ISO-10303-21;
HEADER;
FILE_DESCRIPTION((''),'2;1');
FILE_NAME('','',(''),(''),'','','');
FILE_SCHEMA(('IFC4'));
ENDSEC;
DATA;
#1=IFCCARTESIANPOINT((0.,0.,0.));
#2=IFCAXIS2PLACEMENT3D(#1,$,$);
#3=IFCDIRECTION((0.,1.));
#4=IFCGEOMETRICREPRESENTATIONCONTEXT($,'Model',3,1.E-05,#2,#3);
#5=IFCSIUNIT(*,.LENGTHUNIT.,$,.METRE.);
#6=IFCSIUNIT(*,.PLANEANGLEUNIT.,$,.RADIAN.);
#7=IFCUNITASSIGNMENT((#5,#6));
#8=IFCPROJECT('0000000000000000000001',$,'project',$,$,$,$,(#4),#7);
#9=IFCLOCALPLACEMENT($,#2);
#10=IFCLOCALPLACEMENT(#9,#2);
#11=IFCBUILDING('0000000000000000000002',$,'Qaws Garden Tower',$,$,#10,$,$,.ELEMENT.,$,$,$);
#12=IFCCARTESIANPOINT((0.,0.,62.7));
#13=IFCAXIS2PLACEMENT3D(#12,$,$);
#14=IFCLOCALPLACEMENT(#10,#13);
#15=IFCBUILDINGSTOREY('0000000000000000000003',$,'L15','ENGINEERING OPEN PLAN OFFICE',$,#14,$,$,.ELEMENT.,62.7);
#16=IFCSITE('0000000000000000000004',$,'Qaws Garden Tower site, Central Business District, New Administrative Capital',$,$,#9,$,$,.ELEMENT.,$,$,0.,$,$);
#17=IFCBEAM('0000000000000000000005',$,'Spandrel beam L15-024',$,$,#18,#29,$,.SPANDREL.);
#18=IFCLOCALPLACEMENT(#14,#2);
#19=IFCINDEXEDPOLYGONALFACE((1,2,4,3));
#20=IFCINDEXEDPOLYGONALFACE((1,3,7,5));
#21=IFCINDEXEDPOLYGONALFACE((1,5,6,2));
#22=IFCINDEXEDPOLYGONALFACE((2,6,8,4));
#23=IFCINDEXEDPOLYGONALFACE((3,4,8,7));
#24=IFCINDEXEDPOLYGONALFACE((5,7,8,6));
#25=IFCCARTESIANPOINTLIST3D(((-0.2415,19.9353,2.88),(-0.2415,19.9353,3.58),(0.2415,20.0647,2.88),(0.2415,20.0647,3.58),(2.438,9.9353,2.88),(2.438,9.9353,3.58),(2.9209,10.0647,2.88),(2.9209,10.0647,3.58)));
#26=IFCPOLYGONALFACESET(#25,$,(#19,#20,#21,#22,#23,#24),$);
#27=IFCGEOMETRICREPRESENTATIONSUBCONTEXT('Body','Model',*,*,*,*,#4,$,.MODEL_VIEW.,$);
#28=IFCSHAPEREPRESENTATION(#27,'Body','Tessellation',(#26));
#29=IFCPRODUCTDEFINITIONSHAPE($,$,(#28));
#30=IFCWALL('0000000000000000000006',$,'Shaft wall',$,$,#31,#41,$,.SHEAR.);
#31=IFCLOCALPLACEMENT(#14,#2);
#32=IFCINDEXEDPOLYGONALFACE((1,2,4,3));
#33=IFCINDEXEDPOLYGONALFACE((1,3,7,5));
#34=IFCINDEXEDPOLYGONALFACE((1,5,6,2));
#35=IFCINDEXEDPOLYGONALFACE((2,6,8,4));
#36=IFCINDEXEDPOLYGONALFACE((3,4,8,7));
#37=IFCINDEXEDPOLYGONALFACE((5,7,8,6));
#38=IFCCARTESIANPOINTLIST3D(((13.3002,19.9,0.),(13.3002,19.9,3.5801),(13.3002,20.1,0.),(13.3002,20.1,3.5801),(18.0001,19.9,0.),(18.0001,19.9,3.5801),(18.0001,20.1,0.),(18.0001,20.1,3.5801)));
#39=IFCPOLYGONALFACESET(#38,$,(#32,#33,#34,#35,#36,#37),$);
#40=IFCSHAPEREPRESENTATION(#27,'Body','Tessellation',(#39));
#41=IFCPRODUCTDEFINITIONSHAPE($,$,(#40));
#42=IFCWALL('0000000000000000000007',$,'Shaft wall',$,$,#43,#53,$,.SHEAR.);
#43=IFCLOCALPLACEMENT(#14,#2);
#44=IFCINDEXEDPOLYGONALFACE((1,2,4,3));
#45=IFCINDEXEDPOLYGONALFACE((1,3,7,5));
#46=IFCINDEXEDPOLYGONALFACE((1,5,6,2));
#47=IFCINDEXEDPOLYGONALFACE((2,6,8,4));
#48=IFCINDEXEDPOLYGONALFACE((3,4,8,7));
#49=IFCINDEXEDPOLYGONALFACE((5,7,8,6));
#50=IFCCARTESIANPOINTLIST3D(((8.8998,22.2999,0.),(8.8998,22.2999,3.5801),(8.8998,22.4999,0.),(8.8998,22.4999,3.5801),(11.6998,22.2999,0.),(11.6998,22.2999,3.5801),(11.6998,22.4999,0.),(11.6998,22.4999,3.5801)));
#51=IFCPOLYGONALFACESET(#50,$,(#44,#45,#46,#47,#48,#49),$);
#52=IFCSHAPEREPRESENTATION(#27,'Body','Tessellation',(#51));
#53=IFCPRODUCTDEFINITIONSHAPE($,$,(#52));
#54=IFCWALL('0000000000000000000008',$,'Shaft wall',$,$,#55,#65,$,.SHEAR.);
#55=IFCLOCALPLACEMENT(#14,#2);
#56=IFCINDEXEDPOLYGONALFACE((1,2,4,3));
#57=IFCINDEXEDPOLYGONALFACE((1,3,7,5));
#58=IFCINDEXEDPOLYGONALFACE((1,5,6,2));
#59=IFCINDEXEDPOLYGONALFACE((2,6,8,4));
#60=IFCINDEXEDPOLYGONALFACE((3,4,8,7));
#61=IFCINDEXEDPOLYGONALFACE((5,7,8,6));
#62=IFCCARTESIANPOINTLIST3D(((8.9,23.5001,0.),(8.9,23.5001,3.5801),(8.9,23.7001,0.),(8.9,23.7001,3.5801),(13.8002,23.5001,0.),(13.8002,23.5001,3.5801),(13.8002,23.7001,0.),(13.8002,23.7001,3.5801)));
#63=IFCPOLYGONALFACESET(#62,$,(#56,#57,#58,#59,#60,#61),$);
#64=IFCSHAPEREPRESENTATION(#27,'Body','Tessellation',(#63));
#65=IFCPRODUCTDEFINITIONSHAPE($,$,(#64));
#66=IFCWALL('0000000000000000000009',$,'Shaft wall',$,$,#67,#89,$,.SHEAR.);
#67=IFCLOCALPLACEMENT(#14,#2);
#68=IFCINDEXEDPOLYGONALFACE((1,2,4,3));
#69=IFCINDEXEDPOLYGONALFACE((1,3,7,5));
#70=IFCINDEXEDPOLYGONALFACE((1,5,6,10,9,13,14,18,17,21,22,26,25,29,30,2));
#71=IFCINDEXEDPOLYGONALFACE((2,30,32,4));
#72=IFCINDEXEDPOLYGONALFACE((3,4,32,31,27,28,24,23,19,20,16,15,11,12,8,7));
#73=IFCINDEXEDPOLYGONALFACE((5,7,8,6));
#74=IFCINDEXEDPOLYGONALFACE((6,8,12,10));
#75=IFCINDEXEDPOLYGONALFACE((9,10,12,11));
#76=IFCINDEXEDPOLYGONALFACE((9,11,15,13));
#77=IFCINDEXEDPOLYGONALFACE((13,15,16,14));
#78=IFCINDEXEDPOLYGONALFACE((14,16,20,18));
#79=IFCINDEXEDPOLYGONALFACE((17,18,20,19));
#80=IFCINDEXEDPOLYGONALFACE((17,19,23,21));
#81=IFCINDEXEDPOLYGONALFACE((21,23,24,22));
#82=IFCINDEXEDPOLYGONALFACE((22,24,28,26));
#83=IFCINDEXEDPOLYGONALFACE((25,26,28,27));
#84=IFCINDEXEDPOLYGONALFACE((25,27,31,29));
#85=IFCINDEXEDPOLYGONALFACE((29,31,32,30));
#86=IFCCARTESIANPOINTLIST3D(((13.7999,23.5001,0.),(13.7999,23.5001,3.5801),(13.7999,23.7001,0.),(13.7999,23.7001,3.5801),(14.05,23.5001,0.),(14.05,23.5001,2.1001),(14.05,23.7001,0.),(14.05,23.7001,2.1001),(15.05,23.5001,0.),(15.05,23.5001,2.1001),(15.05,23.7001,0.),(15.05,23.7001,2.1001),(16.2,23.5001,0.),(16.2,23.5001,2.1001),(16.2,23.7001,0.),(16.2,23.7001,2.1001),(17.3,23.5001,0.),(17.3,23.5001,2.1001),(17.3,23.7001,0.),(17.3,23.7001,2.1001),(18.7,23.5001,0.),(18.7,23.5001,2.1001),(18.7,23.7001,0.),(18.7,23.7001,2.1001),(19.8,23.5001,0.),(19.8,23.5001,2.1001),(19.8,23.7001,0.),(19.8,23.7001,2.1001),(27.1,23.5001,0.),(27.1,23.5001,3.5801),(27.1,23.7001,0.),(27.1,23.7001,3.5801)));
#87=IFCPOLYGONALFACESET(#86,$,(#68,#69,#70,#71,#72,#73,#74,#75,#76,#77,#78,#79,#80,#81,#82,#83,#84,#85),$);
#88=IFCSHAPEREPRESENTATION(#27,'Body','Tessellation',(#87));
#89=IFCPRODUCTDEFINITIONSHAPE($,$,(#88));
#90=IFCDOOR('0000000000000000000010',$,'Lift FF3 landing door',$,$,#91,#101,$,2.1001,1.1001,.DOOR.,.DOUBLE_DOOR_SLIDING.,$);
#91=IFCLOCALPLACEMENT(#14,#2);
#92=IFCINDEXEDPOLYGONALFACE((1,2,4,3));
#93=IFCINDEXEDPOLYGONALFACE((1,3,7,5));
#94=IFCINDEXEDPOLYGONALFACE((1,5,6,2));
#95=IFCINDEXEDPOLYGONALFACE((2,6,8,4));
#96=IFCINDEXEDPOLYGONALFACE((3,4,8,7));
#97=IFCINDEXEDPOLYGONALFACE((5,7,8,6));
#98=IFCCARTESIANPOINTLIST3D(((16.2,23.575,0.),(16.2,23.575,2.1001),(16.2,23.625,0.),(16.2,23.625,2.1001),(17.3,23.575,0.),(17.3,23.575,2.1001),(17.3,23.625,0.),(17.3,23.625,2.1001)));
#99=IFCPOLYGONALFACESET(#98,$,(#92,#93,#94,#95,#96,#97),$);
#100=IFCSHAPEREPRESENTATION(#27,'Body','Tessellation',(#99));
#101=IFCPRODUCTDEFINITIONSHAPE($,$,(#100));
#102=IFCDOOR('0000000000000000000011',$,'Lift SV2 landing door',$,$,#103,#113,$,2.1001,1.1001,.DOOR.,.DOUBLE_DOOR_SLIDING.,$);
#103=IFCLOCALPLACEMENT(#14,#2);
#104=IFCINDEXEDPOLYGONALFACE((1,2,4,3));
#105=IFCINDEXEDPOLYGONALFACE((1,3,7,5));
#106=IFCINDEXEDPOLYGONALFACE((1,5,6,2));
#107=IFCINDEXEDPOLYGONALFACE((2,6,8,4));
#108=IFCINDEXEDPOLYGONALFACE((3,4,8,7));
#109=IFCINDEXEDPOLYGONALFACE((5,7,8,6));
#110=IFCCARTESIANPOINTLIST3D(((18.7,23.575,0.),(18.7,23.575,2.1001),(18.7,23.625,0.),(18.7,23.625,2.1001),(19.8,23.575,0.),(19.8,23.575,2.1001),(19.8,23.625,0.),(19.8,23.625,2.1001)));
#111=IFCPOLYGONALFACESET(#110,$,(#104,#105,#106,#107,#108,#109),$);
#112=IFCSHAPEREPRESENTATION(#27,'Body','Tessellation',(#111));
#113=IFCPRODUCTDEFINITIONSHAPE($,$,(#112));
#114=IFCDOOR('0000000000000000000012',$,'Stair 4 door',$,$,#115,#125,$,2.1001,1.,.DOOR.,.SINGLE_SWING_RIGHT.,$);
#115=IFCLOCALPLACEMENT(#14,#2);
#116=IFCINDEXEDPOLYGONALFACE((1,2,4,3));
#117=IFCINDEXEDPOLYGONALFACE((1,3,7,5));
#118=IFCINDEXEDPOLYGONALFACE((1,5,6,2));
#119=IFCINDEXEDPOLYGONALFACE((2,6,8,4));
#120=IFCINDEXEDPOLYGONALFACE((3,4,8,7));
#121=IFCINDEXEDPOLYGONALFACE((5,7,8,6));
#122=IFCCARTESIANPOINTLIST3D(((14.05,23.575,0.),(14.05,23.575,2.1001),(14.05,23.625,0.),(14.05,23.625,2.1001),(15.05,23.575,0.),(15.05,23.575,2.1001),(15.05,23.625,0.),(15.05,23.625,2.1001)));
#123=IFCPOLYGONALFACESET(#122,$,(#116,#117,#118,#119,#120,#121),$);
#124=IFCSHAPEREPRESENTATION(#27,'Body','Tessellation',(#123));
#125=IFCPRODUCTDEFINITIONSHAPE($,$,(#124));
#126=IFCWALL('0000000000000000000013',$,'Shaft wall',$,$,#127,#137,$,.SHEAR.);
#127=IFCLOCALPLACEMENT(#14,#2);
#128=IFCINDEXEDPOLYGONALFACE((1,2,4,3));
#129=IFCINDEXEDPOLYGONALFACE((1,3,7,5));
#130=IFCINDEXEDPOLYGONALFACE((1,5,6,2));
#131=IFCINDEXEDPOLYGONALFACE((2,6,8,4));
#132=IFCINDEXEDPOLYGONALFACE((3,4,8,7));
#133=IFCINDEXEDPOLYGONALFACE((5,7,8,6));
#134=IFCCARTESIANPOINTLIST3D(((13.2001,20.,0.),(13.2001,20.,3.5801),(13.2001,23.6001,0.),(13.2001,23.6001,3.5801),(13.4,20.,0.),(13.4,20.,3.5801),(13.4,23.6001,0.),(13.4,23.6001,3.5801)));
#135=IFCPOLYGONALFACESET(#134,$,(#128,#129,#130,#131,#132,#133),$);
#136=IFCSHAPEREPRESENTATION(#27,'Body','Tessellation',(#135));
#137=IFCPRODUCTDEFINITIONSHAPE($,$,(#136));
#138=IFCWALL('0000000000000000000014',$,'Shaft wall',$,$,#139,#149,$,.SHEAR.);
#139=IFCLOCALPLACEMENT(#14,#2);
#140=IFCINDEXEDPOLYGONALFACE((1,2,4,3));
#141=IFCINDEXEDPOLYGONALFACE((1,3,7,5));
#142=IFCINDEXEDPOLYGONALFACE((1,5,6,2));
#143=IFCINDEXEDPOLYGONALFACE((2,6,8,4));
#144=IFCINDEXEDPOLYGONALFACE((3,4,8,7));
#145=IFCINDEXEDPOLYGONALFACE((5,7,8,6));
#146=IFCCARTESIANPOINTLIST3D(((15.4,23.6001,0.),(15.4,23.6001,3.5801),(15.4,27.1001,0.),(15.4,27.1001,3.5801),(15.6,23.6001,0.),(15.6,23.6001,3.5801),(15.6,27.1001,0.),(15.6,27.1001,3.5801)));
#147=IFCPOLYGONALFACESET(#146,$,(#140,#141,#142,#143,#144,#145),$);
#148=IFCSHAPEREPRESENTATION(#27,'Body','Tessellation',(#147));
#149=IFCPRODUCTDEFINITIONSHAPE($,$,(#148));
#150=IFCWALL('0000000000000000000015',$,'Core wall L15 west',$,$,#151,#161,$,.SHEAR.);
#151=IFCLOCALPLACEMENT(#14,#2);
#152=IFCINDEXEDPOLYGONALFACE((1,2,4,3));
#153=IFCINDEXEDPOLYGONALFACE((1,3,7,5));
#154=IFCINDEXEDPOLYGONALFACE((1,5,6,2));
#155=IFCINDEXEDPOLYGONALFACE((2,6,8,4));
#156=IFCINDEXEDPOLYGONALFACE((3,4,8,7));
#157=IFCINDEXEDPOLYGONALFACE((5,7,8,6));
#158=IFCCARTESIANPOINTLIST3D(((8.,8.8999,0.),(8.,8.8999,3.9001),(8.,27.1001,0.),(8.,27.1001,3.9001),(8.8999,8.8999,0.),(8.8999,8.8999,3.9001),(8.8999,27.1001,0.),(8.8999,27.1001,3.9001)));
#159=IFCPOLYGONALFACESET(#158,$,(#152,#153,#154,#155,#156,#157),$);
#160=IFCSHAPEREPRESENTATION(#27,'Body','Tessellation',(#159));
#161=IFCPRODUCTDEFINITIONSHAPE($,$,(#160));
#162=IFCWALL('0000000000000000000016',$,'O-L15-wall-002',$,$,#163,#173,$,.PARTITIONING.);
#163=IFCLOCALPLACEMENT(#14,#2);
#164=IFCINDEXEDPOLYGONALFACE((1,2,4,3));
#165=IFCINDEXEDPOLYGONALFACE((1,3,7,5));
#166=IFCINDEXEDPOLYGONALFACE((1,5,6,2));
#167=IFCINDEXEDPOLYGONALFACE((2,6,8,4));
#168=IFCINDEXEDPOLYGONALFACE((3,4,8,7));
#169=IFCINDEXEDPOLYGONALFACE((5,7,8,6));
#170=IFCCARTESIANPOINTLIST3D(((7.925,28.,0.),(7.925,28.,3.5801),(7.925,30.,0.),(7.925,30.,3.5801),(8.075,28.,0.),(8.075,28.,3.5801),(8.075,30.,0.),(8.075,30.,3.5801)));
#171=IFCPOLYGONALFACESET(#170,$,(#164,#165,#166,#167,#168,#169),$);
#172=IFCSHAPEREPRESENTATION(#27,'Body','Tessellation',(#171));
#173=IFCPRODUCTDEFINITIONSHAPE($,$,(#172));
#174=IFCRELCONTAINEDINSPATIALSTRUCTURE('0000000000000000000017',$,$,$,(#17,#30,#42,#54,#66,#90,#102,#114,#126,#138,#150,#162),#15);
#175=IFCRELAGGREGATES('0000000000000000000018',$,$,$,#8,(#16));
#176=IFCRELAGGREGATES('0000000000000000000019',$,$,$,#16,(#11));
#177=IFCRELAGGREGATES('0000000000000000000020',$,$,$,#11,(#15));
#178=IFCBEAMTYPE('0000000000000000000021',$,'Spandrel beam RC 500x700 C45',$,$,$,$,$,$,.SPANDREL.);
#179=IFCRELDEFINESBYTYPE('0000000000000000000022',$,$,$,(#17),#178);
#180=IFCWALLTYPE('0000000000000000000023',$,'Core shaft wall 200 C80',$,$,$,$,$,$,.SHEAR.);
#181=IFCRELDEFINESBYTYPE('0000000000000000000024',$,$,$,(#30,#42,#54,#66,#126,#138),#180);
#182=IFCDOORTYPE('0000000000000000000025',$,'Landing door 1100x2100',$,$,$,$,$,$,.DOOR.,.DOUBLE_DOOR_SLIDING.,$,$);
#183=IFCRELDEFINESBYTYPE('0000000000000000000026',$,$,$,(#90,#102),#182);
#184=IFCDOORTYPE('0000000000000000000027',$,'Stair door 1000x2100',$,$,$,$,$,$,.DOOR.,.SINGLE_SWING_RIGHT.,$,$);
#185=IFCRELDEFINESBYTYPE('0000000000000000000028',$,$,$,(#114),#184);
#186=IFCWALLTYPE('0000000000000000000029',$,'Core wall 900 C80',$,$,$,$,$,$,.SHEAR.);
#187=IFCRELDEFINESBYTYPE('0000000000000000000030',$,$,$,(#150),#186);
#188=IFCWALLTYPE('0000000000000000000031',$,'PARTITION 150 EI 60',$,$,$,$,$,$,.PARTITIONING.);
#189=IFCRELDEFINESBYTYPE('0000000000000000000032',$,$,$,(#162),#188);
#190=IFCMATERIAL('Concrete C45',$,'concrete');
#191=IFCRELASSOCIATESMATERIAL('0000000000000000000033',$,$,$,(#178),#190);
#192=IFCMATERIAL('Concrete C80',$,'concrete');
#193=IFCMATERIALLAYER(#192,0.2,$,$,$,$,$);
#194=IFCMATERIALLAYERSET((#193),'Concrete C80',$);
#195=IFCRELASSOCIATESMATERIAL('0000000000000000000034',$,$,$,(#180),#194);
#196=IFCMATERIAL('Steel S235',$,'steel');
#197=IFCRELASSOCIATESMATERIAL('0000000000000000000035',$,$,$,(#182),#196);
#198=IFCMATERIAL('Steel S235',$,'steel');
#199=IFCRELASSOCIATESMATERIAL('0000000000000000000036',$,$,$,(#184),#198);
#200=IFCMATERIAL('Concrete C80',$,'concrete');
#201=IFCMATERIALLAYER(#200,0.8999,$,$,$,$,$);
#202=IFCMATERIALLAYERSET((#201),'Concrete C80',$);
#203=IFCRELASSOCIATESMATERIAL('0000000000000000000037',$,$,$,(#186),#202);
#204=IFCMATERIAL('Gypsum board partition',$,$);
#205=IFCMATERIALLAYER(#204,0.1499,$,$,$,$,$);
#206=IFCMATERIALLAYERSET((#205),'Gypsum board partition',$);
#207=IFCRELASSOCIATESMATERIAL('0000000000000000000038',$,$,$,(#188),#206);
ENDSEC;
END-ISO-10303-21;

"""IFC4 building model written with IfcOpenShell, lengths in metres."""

from ifc_helpers import new_model, si_unit, direction, frame, frame_2d, origin, origin_2d, place, context, subcontext, project, spatial, rectangle, extrude, material, layer, layer_set, material_profile, profile_set, type_object, element, fill, save


model = new_model("IFC4")

# Units and contexts
model_context = context("Model", 3, precision=1e-05, world=origin(), true_north=direction((0.0, 1.0)))
body_context = subcontext(model_context, "Body", "Model", "MODEL_VIEW")
ifc_project = project(units=[si_unit("LENGTHUNIT", "METRE"), si_unit("PLANEANGLEUNIT", "RADIAN")], contexts=[model_context])

# Site, building, storey
site_placement = place(None, origin())
site = spatial("IfcSite", under=ifc_project, at=site_placement, Name="Qaws Garden Tower site, Central Business District, New Administrative Capital", CompositionType="ELEMENT", RefElevation=0.0)
building_placement = place(site_placement, origin())
building = spatial("IfcBuilding", under=site, at=building_placement, Name="Qaws Garden Tower", CompositionType="ELEMENT")
storey_placement = place(building_placement, frame((0.0, 0.0, 62.7)))
storey = spatial("IfcBuildingStorey", under=building, at=storey_placement, Name="L15", Description="ENGINEERING OPEN PLAN OFFICE", CompositionType="ELEMENT", Elevation=62.7)

# Beam
ifc_material_1 = material(Name="Concrete C45", Category="concrete")
ifc_material_profile = material_profile(ifc_material_1, rectangle(XDim=0.5, YDim=0.7, at=origin_2d()), Name="RC 500x700")
ifc_profile_set = profile_set([ifc_material_profile], Name="Concrete C45")
beam_type = type_object("IfcBeamType", Name="Spandrel beam RC 500x700 C45", PredefinedType="SPANDREL", material=ifc_profile_set)
beam_placement = place(storey_placement, frame((0.0, 20.0, 3.23), z_axis=(0.258815, -0.965927, 0.0), x_axis=(0.965927, 0.258815, 0.0)))
element("IfcBeam", 1, at=beam_placement, inside=storey, type_object=beam_type, Name="Spandrel beam L15-024", PredefinedType="SPANDREL", context=body_context, shape_type="SweptSolid", body=[
    extrude(rectangle(XDim=0.5, YDim=0.7, at=origin_2d()), origin(), (0.0, 0.0, 1.0), 10.3528),
])

# Walls
ifc_material_2 = material(Name="Concrete C80", Category="concrete")
ifc_layer_1 = layer(ifc_material_2, 0.2)
ifc_layer_set_1 = layer_set([ifc_layer_1], Name="Concrete C80")
wall_type_1 = type_object("IfcWallType", Name="Core shaft wall 200 C80", PredefinedType="SHEAR", material=ifc_layer_set_1)
wall_1_placement = place(storey_placement, frame((13.3, 20.0, 0.0), z_axis=(0.0, 0.0, 1.0), x_axis=(1.0, 0.0, 0.0)))
element("IfcWall", 2, at=wall_1_placement, inside=storey, type_object=wall_type_1, Name="Shaft wall", PredefinedType="SHEAR", context=body_context, shape_type="SweptSolid", body=[
    extrude(rectangle(XDim=4.7, YDim=0.2, at=frame_2d((2.3501, 0.0))), origin(), (0.0, 0.0, 1.0), 3.5801),
])
wall_2_placement = place(storey_placement, frame((8.8999, 22.3999, 0.0), z_axis=(0.0, 0.0, 1.0), x_axis=(1.0, 0.0, 0.0)))
element("IfcWall", 3, at=wall_2_placement, inside=storey, type_object=wall_type_1, Name="Shaft wall", PredefinedType="SHEAR", context=body_context, shape_type="SweptSolid", body=[
    extrude(rectangle(XDim=2.8, YDim=0.2, at=frame_2d((1.3999, 0.0))), origin(), (0.0, 0.0, 1.0), 3.5801),
])
wall_3_placement = place(storey_placement, frame((8.8999, 23.6001, 0.0), z_axis=(0.0, 0.0, 1.0), x_axis=(1.0, 0.0, 0.0)))
element("IfcWall", 4, at=wall_3_placement, inside=storey, type_object=wall_type_1, Name="Shaft wall", PredefinedType="SHEAR", context=body_context, shape_type="SweptSolid", body=[
    extrude(rectangle(XDim=4.9001, YDim=0.2, at=frame_2d((2.4502, 0.0))), origin(), (0.0, 0.0, 1.0), 3.5801),
])

# Wall, openings, doors
wall_4_placement = place(storey_placement, frame((13.8, 23.6001, 0.0), z_axis=(0.0, 0.0, 1.0), x_axis=(1.0, 0.0, 0.0)))
wall_4 = element("IfcWall", 5, at=wall_4_placement, inside=storey, type_object=wall_type_1, Name="Shaft wall", PredefinedType="SHEAR", context=body_context, shape_type="SweptSolid", body=[
    extrude(rectangle(XDim=13.3, YDim=0.2, at=frame_2d((6.6499, 0.0))), origin(), (0.0, 0.0, 1.0), 3.5801),
])
opening_1_placement = place(wall_4_placement, frame((2.3999, 0.0, 0.0)))
opening_1 = element("IfcOpeningElement", 6, at=opening_1_placement, cuts=wall_4, PredefinedType="OPENING", context=body_context, shape_type="SweptSolid", body=[
    extrude(rectangle(XDim=1.1001, YDim=2.1001, at=frame_2d((0.55, 1.05))), frame((0.0, 0.1099, 0.0), z_axis=(0.0, -1.0, 0.0), x_axis=(1.0, 0.0, 0.0)), (0.0, 0.0, 1.0), 0.22),
])
opening_2_placement = place(wall_4_placement, frame((4.8999, 0.0, 0.0)))
opening_2 = element("IfcOpeningElement", 7, at=opening_2_placement, cuts=wall_4, PredefinedType="OPENING", context=body_context, shape_type="SweptSolid", body=[
    extrude(rectangle(XDim=1.1001, YDim=2.1001, at=frame_2d((0.55, 1.05))), frame((0.0, 0.1099, 0.0), z_axis=(0.0, -1.0, 0.0), x_axis=(1.0, 0.0, 0.0)), (0.0, 0.0, 1.0), 0.22),
])
opening_3_placement = place(wall_4_placement, frame((0.25, 0.0, 0.0)))
opening_3 = element("IfcOpeningElement", 8, at=opening_3_placement, cuts=wall_4, PredefinedType="OPENING", context=body_context, shape_type="SweptSolid", body=[
    extrude(rectangle(XDim=1.0, YDim=2.1001, at=frame_2d((0.5, 1.05))), frame((0.0, 0.1099, 0.0), z_axis=(0.0, -1.0, 0.0), x_axis=(1.0, 0.0, 0.0)), (0.0, 0.0, 1.0), 0.22),
])
ifc_material_3 = material(Name="Steel S235", Category="steel")
door_type_1 = type_object("IfcDoorType", Name="Landing door 1100x2100", OperationType="DOUBLE_DOOR_SLIDING", PredefinedType="DOOR", material=ifc_material_3)
door_1_placement = place(opening_1_placement, origin())
door_1 = element("IfcDoor", 9, at=door_1_placement, inside=storey, type_object=door_type_1, Name="Lift FF3 landing door", OperationType="DOUBLE_DOOR_SLIDING", OverallHeight=2.1001, OverallWidth=1.1001, PredefinedType="DOOR", context=body_context, shape_type="SweptSolid", body=[
    extrude(rectangle(XDim=1.1001, YDim=2.1001, at=frame_2d((0.55, 1.05))), frame((0.0, 0.0249, 0.0), z_axis=(0.0, -1.0, 0.0), x_axis=(1.0, 0.0, 0.0)), (0.0, 0.0, 1.0), 0.05),
])
fill(opening_1, door_1)
door_2_placement = place(opening_2_placement, origin())
door_2 = element("IfcDoor", 10, at=door_2_placement, inside=storey, type_object=door_type_1, Name="Lift SV2 landing door", OperationType="DOUBLE_DOOR_SLIDING", OverallHeight=2.1001, OverallWidth=1.1001, PredefinedType="DOOR", context=body_context, shape_type="SweptSolid", body=[
    extrude(rectangle(XDim=1.1001, YDim=2.1001, at=frame_2d((0.55, 1.05))), frame((0.0, 0.0249, 0.0), z_axis=(0.0, -1.0, 0.0), x_axis=(1.0, 0.0, 0.0)), (0.0, 0.0, 1.0), 0.05),
])
fill(opening_2, door_2)
ifc_material_4 = material(Name="Steel S235", Category="steel")
door_type_2 = type_object("IfcDoorType", Name="Stair door 1000x2100", OperationType="SINGLE_SWING_RIGHT", PredefinedType="DOOR", material=ifc_material_4)
door_3_placement = place(opening_3_placement, origin())
door_3 = element("IfcDoor", 11, at=door_3_placement, inside=storey, type_object=door_type_2, Name="Stair 4 door", OperationType="SINGLE_SWING_RIGHT", OverallHeight=2.1001, OverallWidth=1.0, PredefinedType="DOOR", context=body_context, shape_type="SweptSolid", body=[
    extrude(rectangle(XDim=1.0, YDim=2.1001, at=frame_2d((0.5, 1.05))), frame((0.0, 0.0249, 0.0), z_axis=(0.0, -1.0, 0.0), x_axis=(1.0, 0.0, 0.0)), (0.0, 0.0, 1.0), 0.05),
])
fill(opening_3, door_3)

# Walls
wall_5_placement = place(storey_placement, frame((13.3, 20.0, 0.0), z_axis=(0.0, 0.0, 1.0), x_axis=(0.0, 1.0, 0.0)))
element("IfcWall", 12, at=wall_5_placement, inside=storey, type_object=wall_type_1, Name="Shaft wall", PredefinedType="SHEAR", context=body_context, shape_type="SweptSolid", body=[
    extrude(rectangle(XDim=3.6001, YDim=0.2, at=frame_2d((1.8, 0.0))), origin(), (0.0, 0.0, 1.0), 3.5801),
])
wall_6_placement = place(storey_placement, frame((15.5, 23.6001, 0.0), z_axis=(0.0, 0.0, 1.0), x_axis=(0.0, 1.0, 0.0)))
element("IfcWall", 13, at=wall_6_placement, inside=storey, type_object=wall_type_1, Name="Shaft wall", PredefinedType="SHEAR", context=body_context, shape_type="SweptSolid", body=[
    extrude(rectangle(XDim=3.5, YDim=0.2, at=frame_2d((1.75, 0.0))), origin(), (0.0, 0.0, 1.0), 3.5801),
])
ifc_material_5 = material(Name="Concrete C80", Category="concrete")
ifc_layer_2 = layer(ifc_material_5, 0.8999)
ifc_layer_set_2 = layer_set([ifc_layer_2], Name="Concrete C80")
wall_type_2 = type_object("IfcWallType", Name="Core wall 900 C80", PredefinedType="SHEAR", material=ifc_layer_set_2)
wall_7_placement = place(storey_placement, frame((8.45, 27.1001, 0.0), z_axis=(0.0, 0.0, 1.0), x_axis=(0.0, -1.0, 0.0)))
element("IfcWall", 14, at=wall_7_placement, inside=storey, type_object=wall_type_2, Name="Core wall L15 west", PredefinedType="SHEAR", context=body_context, shape_type="SweptSolid", body=[
    extrude(rectangle(XDim=18.2002, YDim=0.8999, at=frame_2d((9.1001, 0.0))), origin(), (0.0, 0.0, 1.0), 3.9001),
])
ifc_material_6 = material(Name="Gypsum board partition")
ifc_layer_3 = layer(ifc_material_6, 0.1499)
ifc_layer_set_3 = layer_set([ifc_layer_3], Name="Gypsum board partition")
wall_type_3 = type_object("IfcWallType", Name="PARTITION 150 EI 60", PredefinedType="PARTITIONING", material=ifc_layer_set_3)
wall_8_placement = place(storey_placement, frame((8.0, 28.0, 0.0), z_axis=(0.0, 0.0, 1.0), x_axis=(0.0, 1.0, 0.0)))
element("IfcWall", 15, at=wall_8_placement, inside=storey, type_object=wall_type_3, Name="O-L15-wall-002", PredefinedType="PARTITIONING", context=body_context, shape_type="SweptSolid", body=[
    extrude(rectangle(XDim=2.0, YDim=0.1499, at=frame_2d((1.0, 0.0))), origin(), (0.0, 0.0, 1.0), 3.5801),
])

save(model, "model.ifc")
